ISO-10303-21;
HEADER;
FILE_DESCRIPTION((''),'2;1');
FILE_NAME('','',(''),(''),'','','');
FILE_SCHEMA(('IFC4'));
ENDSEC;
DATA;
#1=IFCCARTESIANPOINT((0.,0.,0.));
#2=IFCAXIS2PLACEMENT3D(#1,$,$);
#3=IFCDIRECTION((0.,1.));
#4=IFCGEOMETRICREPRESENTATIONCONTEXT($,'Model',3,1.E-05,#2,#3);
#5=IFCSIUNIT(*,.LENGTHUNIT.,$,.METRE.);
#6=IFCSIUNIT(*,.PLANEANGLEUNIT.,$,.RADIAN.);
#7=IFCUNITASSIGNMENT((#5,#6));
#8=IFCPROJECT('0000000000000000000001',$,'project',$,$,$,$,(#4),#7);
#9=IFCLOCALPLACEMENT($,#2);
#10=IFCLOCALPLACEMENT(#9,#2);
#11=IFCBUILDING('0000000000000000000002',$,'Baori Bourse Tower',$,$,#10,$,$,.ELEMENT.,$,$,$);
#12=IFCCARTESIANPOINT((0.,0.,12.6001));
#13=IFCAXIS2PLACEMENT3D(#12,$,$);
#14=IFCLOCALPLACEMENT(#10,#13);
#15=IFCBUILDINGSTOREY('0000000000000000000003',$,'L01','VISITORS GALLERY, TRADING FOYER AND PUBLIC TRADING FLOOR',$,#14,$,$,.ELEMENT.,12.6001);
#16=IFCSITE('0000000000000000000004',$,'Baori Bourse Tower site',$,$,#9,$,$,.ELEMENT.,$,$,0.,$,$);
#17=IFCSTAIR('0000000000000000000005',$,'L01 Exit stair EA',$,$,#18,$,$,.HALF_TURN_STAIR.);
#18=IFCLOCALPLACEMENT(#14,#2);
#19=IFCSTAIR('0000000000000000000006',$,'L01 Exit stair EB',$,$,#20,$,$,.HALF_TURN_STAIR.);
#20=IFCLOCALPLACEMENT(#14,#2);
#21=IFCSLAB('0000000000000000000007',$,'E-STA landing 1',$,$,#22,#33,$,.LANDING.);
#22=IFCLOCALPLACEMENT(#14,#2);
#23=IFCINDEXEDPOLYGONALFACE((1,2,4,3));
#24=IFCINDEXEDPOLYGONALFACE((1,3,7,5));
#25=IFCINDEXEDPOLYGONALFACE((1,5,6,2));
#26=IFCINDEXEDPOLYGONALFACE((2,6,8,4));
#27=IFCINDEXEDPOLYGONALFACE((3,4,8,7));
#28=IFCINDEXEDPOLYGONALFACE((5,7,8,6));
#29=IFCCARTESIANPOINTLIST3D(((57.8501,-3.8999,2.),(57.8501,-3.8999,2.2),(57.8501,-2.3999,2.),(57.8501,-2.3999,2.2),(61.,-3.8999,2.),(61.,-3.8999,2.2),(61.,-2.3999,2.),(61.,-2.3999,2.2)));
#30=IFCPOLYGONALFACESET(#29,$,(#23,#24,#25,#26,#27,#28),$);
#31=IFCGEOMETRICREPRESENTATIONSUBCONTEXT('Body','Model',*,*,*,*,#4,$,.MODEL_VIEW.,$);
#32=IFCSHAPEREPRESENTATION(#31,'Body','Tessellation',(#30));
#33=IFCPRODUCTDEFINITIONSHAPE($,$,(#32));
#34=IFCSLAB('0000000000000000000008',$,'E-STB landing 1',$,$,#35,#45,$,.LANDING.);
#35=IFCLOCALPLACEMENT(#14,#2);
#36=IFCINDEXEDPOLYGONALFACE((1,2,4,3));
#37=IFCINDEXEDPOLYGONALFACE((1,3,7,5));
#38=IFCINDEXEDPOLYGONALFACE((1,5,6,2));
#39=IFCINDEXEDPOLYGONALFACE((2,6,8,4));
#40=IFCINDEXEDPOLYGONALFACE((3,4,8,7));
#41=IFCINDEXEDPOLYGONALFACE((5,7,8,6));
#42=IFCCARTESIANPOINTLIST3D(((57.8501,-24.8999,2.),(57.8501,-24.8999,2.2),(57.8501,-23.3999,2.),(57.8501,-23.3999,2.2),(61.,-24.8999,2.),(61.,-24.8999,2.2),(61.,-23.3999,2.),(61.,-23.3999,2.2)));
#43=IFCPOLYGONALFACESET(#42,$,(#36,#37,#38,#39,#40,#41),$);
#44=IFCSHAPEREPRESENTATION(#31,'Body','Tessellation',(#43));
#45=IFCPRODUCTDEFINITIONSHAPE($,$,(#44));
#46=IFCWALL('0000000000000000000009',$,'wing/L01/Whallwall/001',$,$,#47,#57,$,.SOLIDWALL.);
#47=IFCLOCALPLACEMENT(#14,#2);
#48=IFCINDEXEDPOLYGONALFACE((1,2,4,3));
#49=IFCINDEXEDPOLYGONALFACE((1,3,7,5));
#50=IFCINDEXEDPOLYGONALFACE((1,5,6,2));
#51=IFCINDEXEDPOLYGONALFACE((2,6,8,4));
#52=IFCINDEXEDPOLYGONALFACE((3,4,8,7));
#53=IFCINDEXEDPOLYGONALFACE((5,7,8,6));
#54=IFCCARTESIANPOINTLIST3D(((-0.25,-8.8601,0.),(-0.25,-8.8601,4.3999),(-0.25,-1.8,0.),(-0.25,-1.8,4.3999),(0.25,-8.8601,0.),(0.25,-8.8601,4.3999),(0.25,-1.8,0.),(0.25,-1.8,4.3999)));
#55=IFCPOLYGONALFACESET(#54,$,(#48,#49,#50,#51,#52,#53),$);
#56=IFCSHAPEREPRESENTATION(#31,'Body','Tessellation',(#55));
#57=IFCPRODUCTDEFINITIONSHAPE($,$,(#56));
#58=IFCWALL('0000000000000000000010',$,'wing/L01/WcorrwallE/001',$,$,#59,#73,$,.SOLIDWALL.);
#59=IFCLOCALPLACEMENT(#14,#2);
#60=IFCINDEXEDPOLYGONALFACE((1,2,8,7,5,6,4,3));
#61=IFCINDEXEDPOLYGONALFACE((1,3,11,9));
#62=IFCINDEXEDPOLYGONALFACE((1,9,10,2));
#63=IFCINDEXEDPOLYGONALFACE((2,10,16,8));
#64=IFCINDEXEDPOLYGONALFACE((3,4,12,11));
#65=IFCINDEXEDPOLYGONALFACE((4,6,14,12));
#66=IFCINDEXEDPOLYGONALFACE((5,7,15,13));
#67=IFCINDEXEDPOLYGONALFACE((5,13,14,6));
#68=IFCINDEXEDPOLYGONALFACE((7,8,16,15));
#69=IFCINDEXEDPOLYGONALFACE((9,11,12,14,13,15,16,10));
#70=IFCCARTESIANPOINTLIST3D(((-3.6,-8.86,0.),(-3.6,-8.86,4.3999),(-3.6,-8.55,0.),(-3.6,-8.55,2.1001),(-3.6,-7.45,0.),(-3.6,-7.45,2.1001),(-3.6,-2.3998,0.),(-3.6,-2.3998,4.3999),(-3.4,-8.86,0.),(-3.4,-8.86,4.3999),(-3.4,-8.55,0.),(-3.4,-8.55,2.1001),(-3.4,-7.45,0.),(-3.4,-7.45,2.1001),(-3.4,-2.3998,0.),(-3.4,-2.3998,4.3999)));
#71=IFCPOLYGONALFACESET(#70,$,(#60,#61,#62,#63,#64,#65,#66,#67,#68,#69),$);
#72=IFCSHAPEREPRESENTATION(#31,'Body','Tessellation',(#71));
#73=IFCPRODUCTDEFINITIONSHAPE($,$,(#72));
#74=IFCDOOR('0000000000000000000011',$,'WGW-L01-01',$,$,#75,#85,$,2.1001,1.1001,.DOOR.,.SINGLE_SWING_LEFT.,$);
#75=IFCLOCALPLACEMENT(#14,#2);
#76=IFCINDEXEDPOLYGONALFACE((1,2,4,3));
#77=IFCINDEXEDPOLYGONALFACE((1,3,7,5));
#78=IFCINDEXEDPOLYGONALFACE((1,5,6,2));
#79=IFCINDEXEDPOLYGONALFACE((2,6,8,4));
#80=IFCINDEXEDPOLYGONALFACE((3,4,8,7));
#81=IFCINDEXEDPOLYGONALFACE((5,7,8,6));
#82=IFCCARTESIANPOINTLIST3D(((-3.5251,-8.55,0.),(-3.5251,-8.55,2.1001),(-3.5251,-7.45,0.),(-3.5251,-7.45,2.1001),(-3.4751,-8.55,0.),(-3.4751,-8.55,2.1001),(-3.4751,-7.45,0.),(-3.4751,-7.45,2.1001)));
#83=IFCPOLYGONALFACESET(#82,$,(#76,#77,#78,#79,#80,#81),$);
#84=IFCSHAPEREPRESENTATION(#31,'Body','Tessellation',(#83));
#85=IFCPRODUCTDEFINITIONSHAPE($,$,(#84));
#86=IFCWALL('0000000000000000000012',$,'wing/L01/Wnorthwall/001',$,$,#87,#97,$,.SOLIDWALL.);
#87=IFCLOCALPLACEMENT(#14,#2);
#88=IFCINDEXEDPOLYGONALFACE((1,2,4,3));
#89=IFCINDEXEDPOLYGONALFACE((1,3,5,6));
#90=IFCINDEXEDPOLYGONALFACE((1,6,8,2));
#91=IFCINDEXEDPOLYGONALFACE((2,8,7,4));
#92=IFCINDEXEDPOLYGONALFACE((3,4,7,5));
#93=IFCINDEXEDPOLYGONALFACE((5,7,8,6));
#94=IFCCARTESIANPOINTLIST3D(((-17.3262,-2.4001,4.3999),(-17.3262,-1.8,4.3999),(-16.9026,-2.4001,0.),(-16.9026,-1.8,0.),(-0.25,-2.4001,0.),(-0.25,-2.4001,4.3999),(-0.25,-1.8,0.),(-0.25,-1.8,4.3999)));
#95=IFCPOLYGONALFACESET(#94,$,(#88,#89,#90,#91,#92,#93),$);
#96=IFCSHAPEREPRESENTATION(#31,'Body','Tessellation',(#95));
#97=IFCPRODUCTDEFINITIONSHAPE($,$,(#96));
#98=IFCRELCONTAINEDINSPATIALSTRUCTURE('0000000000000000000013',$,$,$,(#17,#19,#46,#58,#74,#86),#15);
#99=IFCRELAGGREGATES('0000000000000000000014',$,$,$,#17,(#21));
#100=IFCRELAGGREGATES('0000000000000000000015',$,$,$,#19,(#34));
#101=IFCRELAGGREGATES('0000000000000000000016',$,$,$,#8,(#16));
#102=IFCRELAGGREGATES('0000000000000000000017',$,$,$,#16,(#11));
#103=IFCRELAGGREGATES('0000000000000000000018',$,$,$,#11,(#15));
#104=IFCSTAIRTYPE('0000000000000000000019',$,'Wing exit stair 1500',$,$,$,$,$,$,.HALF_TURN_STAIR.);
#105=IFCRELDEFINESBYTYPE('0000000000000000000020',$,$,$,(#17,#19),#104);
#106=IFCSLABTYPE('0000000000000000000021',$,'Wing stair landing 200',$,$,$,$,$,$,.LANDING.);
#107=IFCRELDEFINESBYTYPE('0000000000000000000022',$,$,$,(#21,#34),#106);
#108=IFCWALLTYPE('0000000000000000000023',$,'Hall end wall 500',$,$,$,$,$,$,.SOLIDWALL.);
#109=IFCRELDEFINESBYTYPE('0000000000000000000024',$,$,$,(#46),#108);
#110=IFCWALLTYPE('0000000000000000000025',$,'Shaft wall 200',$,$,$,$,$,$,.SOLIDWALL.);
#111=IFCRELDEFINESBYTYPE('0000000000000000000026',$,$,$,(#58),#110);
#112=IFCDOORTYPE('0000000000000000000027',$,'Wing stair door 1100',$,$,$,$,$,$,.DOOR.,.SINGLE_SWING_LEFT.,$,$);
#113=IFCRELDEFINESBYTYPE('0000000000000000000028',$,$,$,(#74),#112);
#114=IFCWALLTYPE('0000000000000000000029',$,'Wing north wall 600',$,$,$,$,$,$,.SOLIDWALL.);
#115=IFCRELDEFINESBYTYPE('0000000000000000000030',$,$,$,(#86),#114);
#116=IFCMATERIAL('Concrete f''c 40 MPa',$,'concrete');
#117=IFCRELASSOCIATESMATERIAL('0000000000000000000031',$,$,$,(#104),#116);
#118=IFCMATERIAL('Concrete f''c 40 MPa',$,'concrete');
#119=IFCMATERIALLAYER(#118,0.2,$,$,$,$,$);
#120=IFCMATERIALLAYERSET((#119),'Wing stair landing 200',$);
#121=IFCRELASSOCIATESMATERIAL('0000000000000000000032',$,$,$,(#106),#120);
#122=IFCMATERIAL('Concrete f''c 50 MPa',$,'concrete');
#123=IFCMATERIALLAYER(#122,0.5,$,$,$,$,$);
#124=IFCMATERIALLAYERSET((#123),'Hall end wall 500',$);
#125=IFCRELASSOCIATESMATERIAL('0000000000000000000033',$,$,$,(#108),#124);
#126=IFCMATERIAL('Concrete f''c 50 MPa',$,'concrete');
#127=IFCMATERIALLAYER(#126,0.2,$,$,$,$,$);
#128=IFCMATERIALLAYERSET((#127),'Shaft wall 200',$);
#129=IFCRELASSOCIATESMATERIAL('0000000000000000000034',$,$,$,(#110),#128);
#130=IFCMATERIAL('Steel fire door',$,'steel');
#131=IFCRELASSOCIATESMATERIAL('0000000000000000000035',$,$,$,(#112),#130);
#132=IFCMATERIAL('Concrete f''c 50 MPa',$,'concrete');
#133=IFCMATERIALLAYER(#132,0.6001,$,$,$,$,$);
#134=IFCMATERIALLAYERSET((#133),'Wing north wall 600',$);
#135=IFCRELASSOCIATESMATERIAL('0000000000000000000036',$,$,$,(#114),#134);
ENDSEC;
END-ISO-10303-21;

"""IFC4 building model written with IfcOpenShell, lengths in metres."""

from ifc_helpers import new_model, si_unit, direction, frame, frame_2d, origin, place, context, subcontext, project, spatial, polyline, rectangle, outline, extrude, material, layer, layer_set, type_object, element, fill, aggregate, save


model = new_model("IFC4")

# Units and contexts
model_context = context("Model", 3, precision=1e-05, world=origin(), true_north=direction((0.0, 1.0)))
body_context = subcontext(model_context, "Body", "Model", "MODEL_VIEW")
ifc_project = project(units=[si_unit("LENGTHUNIT", "METRE"), si_unit("PLANEANGLEUNIT", "RADIAN")], contexts=[model_context])

# Site, building, storey
site_placement = place(None, origin())
site = spatial("IfcSite", under=ifc_project, at=site_placement, Name="Baori Bourse Tower site", CompositionType="ELEMENT", RefElevation=0.0)
building_placement = place(site_placement, origin())
building = spatial("IfcBuilding", under=site, at=building_placement, Name="Baori Bourse Tower", CompositionType="ELEMENT")
storey_placement = place(building_placement, frame((0.0, 0.0, 12.6001)))
storey = spatial("IfcBuildingStorey", under=building, at=storey_placement, Name="L01", Description="VISITORS GALLERY, TRADING FOYER AND PUBLIC TRADING FLOOR", CompositionType="ELEMENT", Elevation=12.6001)

# Stairs
ifc_material_1 = material(Name="Concrete f'c 40 MPa", Category="concrete")
stair_type_1 = type_object("IfcStairType", Name="Wing exit stair 1500", PredefinedType="HALF_TURN_STAIR", material=ifc_material_1)
stair_1_placement = place(storey_placement, origin())
stair_1 = element("IfcStair", 1, at=stair_1_placement, inside=storey, type_object=stair_type_1, Name="L01 Exit stair EA", PredefinedType="HALF_TURN_STAIR")
stair_2_placement = place(storey_placement, origin())
stair_2 = element("IfcStair", 2, at=stair_2_placement, inside=storey, type_object=stair_type_1, Name="L01 Exit stair EB", PredefinedType="HALF_TURN_STAIR")

# Slabs
ifc_material_2 = material(Name="Concrete f'c 40 MPa", Category="concrete")
ifc_layer_1 = layer(ifc_material_2, 0.2)
ifc_layer_set_1 = layer_set([ifc_layer_1], Name="Wing stair landing 200")
slab_type_1 = type_object("IfcSlabType", Name="Wing stair landing 200", PredefinedType="LANDING", material=ifc_layer_set_1)
slab_1_placement = place(storey_placement, frame((0.0, 0.0, 2.0)))
slab_1 = element("IfcSlab", 3, at=slab_1_placement, type_object=slab_type_1, Name="E-STA landing 1", PredefinedType="LANDING", context=body_context, shape_type="SweptSolid", body=[
    extrude(outline(polyline([(61.0, -3.8999), (61.0, -2.3999), (57.8501, -2.3999), (57.8501, -3.8999), (61.0, -3.8999)])), origin(), (0.0, 0.0, 1.0), 0.2),
])
aggregate(stair_1, [slab_1])
slab_2_placement = place(storey_placement, frame((0.0, 0.0, 2.0)))
slab_2 = element("IfcSlab", 4, at=slab_2_placement, type_object=slab_type_1, Name="E-STB landing 1", PredefinedType="LANDING", context=body_context, shape_type="SweptSolid", body=[
    extrude(outline(polyline([(57.8501, -23.3999), (57.8501, -24.8999), (61.0, -24.8999), (61.0, -23.3999), (57.8501, -23.3999)])), origin(), (0.0, 0.0, 1.0), 0.2),
])
aggregate(stair_2, [slab_2])

# Wall
ifc_material_3 = material(Name="Concrete f'c 50 MPa", Category="concrete")
ifc_layer_2 = layer(ifc_material_3, 0.5)
ifc_layer_set_2 = layer_set([ifc_layer_2], Name="Hall end wall 500")
wall_type_1 = type_object("IfcWallType", Name="Hall end wall 500", PredefinedType="SOLIDWALL", material=ifc_layer_set_2)
wall_1_placement = place(storey_placement, frame((0.0, -1.8, 0.0), z_axis=(0.0, 0.0, 1.0), x_axis=(0.0, -1.0, 0.0)))
element("IfcWall", 5, at=wall_1_placement, inside=storey, type_object=wall_type_1, Name="wing/L01/Whallwall/001", PredefinedType="SOLIDWALL", context=body_context, shape_type="SweptSolid", body=[
    extrude(rectangle(XDim=7.0601, YDim=0.5, at=frame_2d((3.53, 0.0))), origin(), (0.0, 0.0, 1.0), 4.3999),
])

# Wall, opening, door
ifc_material_4 = material(Name="Concrete f'c 50 MPa", Category="concrete")
ifc_layer_3 = layer(ifc_material_4, 0.2)
ifc_layer_set_3 = layer_set([ifc_layer_3], Name="Shaft wall 200")
wall_type_2 = type_object("IfcWallType", Name="Shaft wall 200", PredefinedType="SOLIDWALL", material=ifc_layer_set_3)
wall_2_placement = place(storey_placement, frame((-3.5, -2.3999, 0.0), z_axis=(0.0, 0.0, 1.0), x_axis=(0.0, -1.0, 0.0)))
wall_2 = element("IfcWall", 6, at=wall_2_placement, inside=storey, type_object=wall_type_2, Name="wing/L01/WcorrwallE/001", PredefinedType="SOLIDWALL", context=body_context, shape_type="SweptSolid", body=[
    extrude(rectangle(XDim=6.4602, YDim=0.2, at=frame_2d((3.23, 0.0))), origin(), (0.0, 0.0, 1.0), 4.3999),
])
opening_placement = place(wall_2_placement, frame((5.05, 0.0, 0.0)))
opening = element("IfcOpeningElement", 7, at=opening_placement, cuts=wall_2, PredefinedType="OPENING", context=body_context, shape_type="SweptSolid", body=[
    extrude(rectangle(XDim=1.1001, YDim=2.1001, at=frame_2d((0.55, 1.05))), frame((0.0, 0.1099, 0.0), z_axis=(0.0, -1.0, 0.0), x_axis=(1.0, 0.0, 0.0)), (0.0, 0.0, 1.0), 0.22),
])
ifc_material_5 = material(Name="Steel fire door", Category="steel")
door_type = type_object("IfcDoorType", Name="Wing stair door 1100", OperationType="SINGLE_SWING_LEFT", PredefinedType="DOOR", material=ifc_material_5)
door_placement = place(opening_placement, origin())
door = element("IfcDoor", 8, at=door_placement, inside=storey, type_object=door_type, Name="WGW-L01-01", OperationType="SINGLE_SWING_LEFT", OverallHeight=2.1001, OverallWidth=1.1001, PredefinedType="DOOR", context=body_context, shape_type="SweptSolid", body=[
    extrude(rectangle(XDim=1.1001, YDim=2.1001, at=frame_2d((0.55, 1.05))), frame((0.0, 0.0249, 0.0), z_axis=(0.0, -1.0, 0.0), x_axis=(1.0, 0.0, 0.0)), (0.0, 0.0, 1.0), 0.05),
])
fill(opening, door)

# Wall
ifc_material_6 = material(Name="Concrete f'c 50 MPa", Category="concrete")
ifc_layer_4 = layer(ifc_material_6, 0.6001)
ifc_layer_set_4 = layer_set([ifc_layer_4], Name="Wing north wall 600")
wall_type_3 = type_object("IfcWallType", Name="Wing north wall 600", PredefinedType="SOLIDWALL", material=ifc_layer_set_4)
wall_3_placement = place(storey_placement, frame((-0.25, -2.1001, 0.0), z_axis=(0.0, 0.0, 1.0), x_axis=(-1.0, 0.0, 0.0)))
element("IfcWall", 9, at=wall_3_placement, inside=storey, type_object=wall_type_3, Name="wing/L01/Wnorthwall/001", PredefinedType="SOLIDWALL", context=body_context, shape_type="SweptSolid", body=[
    extrude(outline(polyline([(0.0, 0.0), (16.6526, 0.0), (17.0762, 4.3999), (0.0, 4.3999), (0.0, 0.0)])), frame((0.0, 0.3, 0.0), z_axis=(0.0, -1.0, 0.0), x_axis=(1.0, 0.0, 0.0)), (0.0, 0.0, 1.0), 0.6001),
])

save(model, "model.ifc")
